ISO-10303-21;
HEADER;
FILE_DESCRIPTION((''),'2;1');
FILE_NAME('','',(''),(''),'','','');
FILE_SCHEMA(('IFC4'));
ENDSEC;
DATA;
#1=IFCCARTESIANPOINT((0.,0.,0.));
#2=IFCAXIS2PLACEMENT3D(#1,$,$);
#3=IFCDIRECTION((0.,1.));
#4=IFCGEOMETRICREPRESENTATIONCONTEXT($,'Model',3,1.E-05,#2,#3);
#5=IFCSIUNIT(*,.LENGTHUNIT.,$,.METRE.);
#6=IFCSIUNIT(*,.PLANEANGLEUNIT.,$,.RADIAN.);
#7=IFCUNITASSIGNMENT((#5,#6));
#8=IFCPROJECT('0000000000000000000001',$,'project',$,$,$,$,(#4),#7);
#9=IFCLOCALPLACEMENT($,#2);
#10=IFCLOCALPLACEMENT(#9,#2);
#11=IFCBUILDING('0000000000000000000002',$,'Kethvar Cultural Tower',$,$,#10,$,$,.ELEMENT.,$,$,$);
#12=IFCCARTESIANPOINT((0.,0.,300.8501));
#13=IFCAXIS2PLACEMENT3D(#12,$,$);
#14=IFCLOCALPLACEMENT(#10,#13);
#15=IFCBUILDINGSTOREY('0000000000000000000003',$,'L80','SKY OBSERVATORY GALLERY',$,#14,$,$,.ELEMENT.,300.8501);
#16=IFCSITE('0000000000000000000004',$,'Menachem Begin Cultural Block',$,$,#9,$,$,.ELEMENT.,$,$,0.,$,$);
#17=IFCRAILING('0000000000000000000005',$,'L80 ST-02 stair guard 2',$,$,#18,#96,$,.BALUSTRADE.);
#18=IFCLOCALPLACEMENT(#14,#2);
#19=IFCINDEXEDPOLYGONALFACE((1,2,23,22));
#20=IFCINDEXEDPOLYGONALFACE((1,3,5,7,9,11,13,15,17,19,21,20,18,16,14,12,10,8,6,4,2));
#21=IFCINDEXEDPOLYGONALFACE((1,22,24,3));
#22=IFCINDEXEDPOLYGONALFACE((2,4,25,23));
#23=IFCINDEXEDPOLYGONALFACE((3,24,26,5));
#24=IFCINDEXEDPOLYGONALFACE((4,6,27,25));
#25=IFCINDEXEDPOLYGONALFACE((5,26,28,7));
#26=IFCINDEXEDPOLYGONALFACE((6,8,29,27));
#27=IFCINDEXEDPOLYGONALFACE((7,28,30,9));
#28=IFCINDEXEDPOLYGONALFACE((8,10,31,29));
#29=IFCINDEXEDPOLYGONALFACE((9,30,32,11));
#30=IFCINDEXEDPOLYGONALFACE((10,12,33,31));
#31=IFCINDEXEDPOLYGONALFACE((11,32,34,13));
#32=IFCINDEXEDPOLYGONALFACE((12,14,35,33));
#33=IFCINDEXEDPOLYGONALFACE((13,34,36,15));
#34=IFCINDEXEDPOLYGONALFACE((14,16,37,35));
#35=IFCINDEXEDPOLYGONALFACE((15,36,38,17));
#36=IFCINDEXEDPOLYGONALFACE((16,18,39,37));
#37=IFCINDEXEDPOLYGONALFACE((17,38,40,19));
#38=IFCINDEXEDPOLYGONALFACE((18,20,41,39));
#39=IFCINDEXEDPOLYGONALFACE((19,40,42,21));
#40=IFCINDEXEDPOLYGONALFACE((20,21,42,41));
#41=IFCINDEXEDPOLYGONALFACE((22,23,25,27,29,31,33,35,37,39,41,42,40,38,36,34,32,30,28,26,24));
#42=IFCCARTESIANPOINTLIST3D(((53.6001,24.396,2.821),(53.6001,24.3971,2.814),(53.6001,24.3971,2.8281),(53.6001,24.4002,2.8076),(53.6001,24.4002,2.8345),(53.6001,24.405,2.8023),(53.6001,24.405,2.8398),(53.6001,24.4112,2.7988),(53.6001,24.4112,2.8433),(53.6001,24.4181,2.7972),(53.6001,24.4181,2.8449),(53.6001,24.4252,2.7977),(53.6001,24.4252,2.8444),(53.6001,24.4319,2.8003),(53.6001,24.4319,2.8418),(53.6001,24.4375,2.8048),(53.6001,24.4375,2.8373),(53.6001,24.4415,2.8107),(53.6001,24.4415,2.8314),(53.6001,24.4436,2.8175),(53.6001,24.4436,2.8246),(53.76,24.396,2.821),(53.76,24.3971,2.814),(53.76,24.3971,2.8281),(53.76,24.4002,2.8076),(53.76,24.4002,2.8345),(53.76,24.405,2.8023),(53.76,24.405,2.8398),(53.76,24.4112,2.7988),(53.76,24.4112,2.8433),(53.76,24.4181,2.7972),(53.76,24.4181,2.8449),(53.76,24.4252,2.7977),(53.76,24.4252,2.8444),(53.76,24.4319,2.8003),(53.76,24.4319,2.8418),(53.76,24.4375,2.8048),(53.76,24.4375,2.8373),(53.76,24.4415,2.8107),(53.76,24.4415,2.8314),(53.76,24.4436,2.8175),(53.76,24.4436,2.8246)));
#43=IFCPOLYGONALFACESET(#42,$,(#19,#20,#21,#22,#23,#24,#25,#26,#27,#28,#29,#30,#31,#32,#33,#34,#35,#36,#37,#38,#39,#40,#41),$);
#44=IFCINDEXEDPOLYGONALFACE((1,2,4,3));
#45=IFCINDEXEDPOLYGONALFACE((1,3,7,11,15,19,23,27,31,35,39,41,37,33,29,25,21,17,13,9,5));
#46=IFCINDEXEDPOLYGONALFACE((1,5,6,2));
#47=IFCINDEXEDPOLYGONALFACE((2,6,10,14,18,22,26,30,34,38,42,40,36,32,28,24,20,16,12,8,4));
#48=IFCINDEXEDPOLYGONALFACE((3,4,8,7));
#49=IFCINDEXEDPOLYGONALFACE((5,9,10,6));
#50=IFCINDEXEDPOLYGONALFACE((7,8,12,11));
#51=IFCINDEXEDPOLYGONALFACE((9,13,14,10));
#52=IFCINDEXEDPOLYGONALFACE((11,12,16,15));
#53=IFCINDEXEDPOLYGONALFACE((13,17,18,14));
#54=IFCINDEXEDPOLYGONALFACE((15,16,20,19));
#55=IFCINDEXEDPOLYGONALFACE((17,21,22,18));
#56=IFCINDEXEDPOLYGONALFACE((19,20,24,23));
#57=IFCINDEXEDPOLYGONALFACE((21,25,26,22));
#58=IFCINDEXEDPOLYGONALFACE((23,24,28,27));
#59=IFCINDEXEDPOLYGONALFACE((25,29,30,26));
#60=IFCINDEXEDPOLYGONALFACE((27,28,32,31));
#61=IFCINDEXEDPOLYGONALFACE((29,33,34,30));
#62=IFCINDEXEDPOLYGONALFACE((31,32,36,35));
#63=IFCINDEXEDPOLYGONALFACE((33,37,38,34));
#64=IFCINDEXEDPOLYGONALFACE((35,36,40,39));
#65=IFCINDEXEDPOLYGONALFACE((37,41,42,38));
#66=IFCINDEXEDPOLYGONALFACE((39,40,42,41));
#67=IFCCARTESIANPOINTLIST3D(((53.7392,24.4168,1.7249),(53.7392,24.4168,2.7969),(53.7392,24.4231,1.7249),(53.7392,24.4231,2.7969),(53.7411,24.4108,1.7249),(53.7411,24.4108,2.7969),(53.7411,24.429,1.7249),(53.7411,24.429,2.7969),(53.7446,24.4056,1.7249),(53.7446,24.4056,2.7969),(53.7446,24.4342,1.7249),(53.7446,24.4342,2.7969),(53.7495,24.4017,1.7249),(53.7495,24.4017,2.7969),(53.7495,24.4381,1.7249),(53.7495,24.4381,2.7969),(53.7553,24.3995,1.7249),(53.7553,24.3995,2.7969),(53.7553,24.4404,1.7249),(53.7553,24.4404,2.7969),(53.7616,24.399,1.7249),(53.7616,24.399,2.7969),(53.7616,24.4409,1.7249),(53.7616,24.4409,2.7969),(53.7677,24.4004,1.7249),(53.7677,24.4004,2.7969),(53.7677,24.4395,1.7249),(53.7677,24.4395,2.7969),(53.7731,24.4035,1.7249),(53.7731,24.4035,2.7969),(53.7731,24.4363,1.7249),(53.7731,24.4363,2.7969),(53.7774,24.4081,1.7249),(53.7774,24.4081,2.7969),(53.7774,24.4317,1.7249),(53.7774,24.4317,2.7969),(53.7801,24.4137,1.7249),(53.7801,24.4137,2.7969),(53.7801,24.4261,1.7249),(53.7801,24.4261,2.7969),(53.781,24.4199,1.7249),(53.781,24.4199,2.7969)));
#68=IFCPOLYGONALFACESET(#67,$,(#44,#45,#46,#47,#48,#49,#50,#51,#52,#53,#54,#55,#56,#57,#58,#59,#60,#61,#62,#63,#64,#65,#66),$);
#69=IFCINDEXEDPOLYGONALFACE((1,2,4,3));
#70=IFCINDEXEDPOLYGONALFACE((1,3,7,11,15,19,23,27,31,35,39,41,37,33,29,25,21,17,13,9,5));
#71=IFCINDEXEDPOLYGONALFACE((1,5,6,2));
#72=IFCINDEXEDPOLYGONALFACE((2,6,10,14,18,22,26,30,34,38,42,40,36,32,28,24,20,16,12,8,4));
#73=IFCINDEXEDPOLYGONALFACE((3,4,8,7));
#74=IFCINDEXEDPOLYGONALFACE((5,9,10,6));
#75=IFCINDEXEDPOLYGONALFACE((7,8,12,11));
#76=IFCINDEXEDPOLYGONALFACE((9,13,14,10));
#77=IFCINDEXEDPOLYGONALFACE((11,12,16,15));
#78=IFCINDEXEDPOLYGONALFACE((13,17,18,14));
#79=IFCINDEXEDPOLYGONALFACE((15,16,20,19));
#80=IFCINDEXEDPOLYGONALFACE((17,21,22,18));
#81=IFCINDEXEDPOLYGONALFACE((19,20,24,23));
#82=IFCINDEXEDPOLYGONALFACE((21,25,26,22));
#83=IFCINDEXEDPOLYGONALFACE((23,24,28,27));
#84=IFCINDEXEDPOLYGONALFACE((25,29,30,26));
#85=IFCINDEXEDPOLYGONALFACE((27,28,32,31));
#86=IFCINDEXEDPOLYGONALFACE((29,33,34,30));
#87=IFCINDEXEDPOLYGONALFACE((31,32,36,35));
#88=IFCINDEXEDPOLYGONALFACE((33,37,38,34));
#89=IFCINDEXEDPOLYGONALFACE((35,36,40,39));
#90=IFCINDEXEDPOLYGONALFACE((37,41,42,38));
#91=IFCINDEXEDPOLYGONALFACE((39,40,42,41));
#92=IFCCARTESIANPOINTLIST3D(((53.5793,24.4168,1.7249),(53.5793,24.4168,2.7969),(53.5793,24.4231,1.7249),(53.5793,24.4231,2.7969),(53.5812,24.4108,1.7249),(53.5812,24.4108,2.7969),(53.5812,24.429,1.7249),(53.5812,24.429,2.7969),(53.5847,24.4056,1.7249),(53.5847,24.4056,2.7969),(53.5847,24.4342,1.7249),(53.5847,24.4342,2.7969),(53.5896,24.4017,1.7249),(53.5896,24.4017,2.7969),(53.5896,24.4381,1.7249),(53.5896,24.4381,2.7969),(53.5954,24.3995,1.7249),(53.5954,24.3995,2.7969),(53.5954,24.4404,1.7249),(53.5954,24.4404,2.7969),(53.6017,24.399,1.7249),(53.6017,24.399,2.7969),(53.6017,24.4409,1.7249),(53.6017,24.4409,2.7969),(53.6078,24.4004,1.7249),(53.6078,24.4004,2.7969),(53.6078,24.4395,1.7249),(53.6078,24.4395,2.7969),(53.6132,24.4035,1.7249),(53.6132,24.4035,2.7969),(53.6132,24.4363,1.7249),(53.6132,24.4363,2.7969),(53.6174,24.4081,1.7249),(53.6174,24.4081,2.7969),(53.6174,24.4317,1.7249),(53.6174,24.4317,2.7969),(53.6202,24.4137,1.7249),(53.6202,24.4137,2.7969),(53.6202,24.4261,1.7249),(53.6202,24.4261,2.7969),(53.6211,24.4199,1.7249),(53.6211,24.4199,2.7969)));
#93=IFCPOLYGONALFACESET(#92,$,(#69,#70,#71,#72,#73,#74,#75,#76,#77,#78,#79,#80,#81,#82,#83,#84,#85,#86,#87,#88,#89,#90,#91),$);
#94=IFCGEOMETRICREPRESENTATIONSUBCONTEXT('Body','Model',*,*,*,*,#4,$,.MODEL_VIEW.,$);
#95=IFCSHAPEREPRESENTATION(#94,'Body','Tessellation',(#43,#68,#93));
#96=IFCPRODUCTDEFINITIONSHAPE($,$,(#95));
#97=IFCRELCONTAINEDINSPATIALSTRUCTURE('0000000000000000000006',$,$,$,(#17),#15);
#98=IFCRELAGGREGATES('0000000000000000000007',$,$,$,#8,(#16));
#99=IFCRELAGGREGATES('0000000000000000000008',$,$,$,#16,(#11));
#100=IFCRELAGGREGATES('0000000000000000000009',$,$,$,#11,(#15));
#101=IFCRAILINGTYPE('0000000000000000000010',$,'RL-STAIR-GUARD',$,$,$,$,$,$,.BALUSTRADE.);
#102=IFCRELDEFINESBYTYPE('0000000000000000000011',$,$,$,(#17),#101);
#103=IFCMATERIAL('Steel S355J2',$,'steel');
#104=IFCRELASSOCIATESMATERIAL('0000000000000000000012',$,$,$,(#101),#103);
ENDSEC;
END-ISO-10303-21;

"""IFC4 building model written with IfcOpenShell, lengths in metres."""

from ifc_helpers import new_model, si_unit, direction, frame, origin, origin_2d, place, context, subcontext, project, spatial, circle, extrude, material, type_object, element, save


model = new_model("IFC4")

# Units and contexts
model_context = context("Model", 3, precision=1e-05, world=origin(), true_north=direction((0.0, 1.0)))
body_context = subcontext(model_context, "Body", "Model", "MODEL_VIEW")
ifc_project = project(units=[si_unit("LENGTHUNIT", "METRE"), si_unit("PLANEANGLEUNIT", "RADIAN")], contexts=[model_context])

# Site, building, storey
site_placement = place(None, origin())
site = spatial("IfcSite", under=ifc_project, at=site_placement, Name="Menachem Begin Cultural Block", CompositionType="ELEMENT", RefElevation=0.0)
building_placement = place(site_placement, origin())
building = spatial("IfcBuilding", under=site, at=building_placement, Name="Kethvar Cultural Tower", CompositionType="ELEMENT")
storey_placement = place(building_placement, frame((0.0, 0.0, 300.8501)))
storey = spatial("IfcBuildingStorey", under=building, at=storey_placement, Name="L80", Description="SKY OBSERVATORY GALLERY", CompositionType="ELEMENT", Elevation=300.8501)

# Shared definitions
ifc_material_1 = material(Name="Steel S355J2", Category="steel")

# Railing
railing_type_1 = type_object("IfcRailingType", Name="RL-STAIR-GUARD", PredefinedType="BALUSTRADE", material=ifc_material_1)
railing_1_placement = place(storey_placement, frame((53.76, 24.4199, 1.7249)))
element("IfcRailing", 1, at=railing_1_placement, inside=storey, type_object=railing_type_1, Name="L80 ST-02 stair guard 2", PredefinedType="BALUSTRADE", context=body_context, shape_type="SweptSolid", body=[
    extrude(circle(Radius=0.0239, at=origin_2d()), frame((0.0, 0.0, 1.0962), z_axis=(-1.0, 0.0, 0.0), x_axis=(0.0, -1.0, 0.0)), (0.0, 0.0, 1.0), 0.1599),
    extrude(circle(Radius=0.021, at=origin_2d()), origin(), (0.0, 0.0, 1.0), 1.072),
    extrude(circle(Radius=0.021, at=origin_2d()), frame((-0.1599, 0.0, 0.0)), (0.0, 0.0, 1.0), 1.072),
])

save(model, "model.ifc")
